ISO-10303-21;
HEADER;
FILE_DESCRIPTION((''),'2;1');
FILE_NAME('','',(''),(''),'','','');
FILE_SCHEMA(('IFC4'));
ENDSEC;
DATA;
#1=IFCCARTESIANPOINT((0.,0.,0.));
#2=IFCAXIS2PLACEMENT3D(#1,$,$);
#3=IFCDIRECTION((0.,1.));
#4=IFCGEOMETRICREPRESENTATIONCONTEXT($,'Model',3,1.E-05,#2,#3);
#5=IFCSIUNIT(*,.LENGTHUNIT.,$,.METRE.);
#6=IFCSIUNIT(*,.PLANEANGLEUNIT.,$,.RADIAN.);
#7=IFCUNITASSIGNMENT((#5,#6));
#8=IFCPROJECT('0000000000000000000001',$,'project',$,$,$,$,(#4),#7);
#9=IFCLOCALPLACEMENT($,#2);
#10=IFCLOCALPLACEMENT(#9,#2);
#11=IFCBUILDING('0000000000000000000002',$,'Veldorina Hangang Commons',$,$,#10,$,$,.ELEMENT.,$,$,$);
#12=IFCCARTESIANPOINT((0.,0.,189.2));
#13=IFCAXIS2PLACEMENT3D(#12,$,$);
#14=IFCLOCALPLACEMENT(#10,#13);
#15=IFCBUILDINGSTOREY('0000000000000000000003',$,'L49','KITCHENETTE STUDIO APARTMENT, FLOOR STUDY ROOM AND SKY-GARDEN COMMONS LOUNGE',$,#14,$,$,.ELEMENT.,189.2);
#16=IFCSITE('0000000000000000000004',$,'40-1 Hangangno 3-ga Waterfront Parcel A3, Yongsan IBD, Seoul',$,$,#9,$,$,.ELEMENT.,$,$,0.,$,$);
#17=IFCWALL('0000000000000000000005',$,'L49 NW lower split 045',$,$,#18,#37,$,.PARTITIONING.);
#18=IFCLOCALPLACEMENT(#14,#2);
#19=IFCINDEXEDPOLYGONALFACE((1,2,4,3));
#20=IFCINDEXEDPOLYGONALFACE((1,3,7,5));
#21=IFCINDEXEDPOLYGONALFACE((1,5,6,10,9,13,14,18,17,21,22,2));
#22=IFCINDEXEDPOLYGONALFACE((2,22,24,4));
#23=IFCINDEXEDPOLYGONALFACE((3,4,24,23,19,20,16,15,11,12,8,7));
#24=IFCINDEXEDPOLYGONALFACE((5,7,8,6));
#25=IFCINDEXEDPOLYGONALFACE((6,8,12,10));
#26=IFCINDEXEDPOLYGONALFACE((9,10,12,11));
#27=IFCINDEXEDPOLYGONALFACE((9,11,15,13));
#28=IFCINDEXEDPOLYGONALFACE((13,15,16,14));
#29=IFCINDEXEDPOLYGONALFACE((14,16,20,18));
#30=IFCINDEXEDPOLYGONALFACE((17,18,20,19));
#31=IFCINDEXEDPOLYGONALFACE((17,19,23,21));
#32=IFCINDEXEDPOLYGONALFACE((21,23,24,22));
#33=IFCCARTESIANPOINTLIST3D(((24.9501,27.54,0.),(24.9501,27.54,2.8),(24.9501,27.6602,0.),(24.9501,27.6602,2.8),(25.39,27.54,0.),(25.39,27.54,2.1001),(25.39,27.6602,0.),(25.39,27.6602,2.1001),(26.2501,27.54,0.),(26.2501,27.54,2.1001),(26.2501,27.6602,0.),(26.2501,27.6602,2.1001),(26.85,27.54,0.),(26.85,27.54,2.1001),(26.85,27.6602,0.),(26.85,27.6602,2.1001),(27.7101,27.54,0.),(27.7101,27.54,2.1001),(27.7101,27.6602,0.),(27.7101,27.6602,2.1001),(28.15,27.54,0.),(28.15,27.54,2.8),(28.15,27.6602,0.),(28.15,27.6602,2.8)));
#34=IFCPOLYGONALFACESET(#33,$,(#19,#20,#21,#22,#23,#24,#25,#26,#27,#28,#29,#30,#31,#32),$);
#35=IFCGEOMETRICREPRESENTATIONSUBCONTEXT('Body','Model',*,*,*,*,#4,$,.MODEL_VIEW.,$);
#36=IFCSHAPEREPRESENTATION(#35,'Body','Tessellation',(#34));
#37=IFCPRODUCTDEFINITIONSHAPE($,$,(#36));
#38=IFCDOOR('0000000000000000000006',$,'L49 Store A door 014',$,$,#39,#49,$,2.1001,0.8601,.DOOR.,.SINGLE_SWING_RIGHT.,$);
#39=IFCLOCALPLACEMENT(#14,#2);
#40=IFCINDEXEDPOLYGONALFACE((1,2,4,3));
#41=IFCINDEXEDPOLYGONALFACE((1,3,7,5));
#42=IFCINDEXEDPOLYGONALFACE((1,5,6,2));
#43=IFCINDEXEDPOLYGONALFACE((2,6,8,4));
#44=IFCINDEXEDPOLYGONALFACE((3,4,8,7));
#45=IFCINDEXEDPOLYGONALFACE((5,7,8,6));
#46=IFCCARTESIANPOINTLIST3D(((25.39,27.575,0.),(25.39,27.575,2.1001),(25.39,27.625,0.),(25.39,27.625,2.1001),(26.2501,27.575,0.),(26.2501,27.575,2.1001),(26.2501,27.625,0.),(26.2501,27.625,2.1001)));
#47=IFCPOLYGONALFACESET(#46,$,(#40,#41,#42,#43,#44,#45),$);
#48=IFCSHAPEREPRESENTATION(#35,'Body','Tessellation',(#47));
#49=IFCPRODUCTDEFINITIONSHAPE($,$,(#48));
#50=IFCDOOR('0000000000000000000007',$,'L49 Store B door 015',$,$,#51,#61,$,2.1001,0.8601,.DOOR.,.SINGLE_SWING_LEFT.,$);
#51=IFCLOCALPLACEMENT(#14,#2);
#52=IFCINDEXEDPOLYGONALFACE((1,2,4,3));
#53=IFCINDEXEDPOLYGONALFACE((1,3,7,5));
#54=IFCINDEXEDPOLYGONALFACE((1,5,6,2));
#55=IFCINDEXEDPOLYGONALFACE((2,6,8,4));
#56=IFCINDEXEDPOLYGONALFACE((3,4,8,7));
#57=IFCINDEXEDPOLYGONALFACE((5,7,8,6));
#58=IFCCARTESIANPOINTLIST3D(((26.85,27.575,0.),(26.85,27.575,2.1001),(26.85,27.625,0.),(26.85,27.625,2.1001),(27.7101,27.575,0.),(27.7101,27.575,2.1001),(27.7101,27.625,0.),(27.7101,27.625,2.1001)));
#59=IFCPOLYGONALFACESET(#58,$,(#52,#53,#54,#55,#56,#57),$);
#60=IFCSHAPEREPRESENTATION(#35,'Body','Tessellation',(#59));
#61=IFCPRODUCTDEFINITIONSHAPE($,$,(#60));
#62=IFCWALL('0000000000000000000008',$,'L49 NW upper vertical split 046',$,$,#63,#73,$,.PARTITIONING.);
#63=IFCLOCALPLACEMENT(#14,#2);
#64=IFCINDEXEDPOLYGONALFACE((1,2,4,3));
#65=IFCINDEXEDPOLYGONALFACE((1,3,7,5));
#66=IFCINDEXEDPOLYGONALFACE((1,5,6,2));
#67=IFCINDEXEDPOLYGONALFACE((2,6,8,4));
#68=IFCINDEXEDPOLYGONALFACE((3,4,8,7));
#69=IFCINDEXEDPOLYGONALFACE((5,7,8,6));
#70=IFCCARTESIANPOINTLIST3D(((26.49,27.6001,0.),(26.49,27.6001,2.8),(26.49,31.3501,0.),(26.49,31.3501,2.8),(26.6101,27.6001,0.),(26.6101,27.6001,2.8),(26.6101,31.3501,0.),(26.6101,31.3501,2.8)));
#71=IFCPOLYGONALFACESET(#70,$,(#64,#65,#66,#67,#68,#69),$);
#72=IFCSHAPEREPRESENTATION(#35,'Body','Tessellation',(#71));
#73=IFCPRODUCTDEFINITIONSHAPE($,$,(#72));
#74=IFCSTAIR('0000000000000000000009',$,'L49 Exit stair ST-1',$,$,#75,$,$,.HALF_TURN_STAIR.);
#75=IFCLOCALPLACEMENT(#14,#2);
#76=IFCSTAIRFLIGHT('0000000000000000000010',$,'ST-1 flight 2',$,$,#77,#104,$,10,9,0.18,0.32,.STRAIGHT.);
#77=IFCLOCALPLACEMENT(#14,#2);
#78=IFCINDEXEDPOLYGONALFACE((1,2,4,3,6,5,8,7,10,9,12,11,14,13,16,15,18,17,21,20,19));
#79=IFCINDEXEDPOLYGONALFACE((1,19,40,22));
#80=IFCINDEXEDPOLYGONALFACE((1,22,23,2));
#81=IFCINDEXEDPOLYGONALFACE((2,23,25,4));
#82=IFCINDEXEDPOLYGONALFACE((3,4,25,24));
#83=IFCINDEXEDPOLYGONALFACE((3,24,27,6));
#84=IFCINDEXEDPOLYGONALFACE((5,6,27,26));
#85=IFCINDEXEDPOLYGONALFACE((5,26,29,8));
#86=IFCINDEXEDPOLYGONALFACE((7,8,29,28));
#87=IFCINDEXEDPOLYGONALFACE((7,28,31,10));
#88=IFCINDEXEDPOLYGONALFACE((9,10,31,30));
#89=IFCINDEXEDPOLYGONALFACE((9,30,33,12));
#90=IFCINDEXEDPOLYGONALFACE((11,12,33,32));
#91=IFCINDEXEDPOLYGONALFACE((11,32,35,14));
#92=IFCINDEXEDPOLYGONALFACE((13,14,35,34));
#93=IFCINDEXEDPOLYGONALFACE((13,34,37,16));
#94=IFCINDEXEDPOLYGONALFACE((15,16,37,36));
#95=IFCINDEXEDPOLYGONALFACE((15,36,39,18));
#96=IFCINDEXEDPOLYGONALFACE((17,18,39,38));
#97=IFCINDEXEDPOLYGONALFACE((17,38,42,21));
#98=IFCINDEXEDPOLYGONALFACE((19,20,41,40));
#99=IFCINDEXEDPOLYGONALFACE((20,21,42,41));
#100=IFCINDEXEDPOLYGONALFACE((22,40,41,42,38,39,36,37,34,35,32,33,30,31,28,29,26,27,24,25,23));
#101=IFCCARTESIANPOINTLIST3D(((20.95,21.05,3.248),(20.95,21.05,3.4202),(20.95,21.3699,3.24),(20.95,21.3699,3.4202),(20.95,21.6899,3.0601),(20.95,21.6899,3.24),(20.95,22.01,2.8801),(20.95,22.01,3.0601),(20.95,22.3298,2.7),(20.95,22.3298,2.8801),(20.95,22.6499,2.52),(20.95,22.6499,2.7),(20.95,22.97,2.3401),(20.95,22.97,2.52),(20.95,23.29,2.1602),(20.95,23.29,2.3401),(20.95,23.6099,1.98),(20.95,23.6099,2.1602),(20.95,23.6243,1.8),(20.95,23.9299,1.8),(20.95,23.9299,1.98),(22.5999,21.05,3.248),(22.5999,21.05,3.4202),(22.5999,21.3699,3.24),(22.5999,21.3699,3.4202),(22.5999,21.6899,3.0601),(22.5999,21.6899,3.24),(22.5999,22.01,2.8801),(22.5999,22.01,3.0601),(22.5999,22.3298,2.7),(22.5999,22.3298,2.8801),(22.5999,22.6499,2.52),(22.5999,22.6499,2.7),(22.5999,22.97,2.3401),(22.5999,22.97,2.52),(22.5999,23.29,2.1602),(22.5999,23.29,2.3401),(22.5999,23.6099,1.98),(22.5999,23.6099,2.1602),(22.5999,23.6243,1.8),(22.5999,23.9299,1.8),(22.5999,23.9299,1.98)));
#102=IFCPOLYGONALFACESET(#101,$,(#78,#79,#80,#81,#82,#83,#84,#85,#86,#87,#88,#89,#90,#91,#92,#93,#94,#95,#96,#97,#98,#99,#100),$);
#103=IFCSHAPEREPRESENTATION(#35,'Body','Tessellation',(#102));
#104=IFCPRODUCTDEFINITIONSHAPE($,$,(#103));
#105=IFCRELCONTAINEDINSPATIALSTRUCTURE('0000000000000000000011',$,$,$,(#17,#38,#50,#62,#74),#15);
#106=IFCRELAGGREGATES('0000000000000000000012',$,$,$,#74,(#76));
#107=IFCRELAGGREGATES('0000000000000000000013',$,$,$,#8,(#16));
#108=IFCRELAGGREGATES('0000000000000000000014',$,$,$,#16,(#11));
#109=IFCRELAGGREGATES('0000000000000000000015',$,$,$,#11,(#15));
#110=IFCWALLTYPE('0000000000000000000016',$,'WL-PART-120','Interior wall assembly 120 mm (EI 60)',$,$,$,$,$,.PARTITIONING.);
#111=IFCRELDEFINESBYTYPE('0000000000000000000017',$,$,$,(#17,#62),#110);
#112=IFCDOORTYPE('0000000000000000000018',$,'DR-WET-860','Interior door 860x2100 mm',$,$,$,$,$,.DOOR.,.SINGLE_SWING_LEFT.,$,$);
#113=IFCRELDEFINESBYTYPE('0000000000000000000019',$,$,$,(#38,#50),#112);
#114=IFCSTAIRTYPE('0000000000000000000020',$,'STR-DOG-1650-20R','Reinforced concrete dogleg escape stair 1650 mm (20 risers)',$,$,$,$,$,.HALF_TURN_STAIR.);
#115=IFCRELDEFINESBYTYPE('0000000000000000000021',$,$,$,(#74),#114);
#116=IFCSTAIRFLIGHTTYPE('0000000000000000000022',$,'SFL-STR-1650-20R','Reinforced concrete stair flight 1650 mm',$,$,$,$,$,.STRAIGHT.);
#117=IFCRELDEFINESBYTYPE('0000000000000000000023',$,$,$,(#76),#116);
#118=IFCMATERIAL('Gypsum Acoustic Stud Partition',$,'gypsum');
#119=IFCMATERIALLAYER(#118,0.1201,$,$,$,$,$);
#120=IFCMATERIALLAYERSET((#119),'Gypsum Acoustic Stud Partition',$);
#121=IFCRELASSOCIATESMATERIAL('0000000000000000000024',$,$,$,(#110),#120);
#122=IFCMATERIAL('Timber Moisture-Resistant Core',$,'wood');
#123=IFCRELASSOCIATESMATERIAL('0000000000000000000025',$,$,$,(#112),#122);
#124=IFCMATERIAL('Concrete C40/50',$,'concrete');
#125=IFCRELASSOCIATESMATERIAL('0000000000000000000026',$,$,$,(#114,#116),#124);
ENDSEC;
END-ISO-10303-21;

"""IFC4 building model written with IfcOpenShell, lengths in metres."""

from ifc_helpers import new_model, si_unit, direction, frame, frame_2d, origin, place, context, subcontext, project, spatial, polyline, rectangle, outline, extrude, material, layer, layer_set, type_object, element, fill, aggregate, save


model = new_model("IFC4")

# Units and contexts
model_context = context("Model", 3, precision=1e-05, world=origin(), true_north=direction((0.0, 1.0)))
body_context = subcontext(model_context, "Body", "Model", "MODEL_VIEW")
ifc_project = project(units=[si_unit("LENGTHUNIT", "METRE"), si_unit("PLANEANGLEUNIT", "RADIAN")], contexts=[model_context])

# Site, building, storey
site_placement = place(None, origin())
site = spatial("IfcSite", under=ifc_project, at=site_placement, Name="40-1 Hangangno 3-ga Waterfront Parcel A3, Yongsan IBD, Seoul", CompositionType="ELEMENT", RefElevation=0.0)
building_placement = place(site_placement, origin())
building = spatial("IfcBuilding", under=site, at=building_placement, Name="Veldorina Hangang Commons", CompositionType="ELEMENT")
storey_placement = place(building_placement, frame((0.0, 0.0, 189.2)))
storey = spatial("IfcBuildingStorey", under=building, at=storey_placement, Name="L49", Description="KITCHENETTE STUDIO APARTMENT, FLOOR STUDY ROOM AND SKY-GARDEN COMMONS LOUNGE", CompositionType="ELEMENT", Elevation=189.2)

# Shared definitions
ifc_material_1 = material(Name="Gypsum Acoustic Stud Partition", Category="gypsum")
ifc_layer_1 = layer(ifc_material_1, 0.1201)
ifc_layer_set_1 = layer_set([ifc_layer_1], Name="Gypsum Acoustic Stud Partition")
wall_type_1 = type_object("IfcWallType", Name="WL-PART-120", Description="Interior wall assembly 120 mm (EI 60)", PredefinedType="PARTITIONING", material=ifc_layer_set_1)

# Wall, openings, doors
wall_1_placement = place(storey_placement, frame((24.95, 27.6001, 0.0), z_axis=(0.0, 0.0, 1.0), x_axis=(1.0, 0.0, 0.0)))
wall_1 = element("IfcWall", 1, at=wall_1_placement, inside=storey, type_object=wall_type_1, Name="L49 NW lower split 045", PredefinedType="PARTITIONING", context=body_context, shape_type="SweptSolid", body=[
    extrude(rectangle(XDim=3.2, YDim=0.1201, at=frame_2d((1.6001, 0.0))), origin(), (0.0, 0.0, 1.0), 2.8),
])
opening_1_placement = place(wall_1_placement, frame((0.4399, 0.0, 0.0)))
opening_1 = element("IfcOpeningElement", 2, at=opening_1_placement, cuts=wall_1, PredefinedType="OPENING", context=body_context, shape_type="SweptSolid", body=[
    extrude(rectangle(XDim=0.8601, YDim=2.1001, at=frame_2d((0.4302, 1.05))), frame((0.0, 0.0701, 0.0), z_axis=(0.0, -1.0, 0.0), x_axis=(1.0, 0.0, 0.0)), (0.0, 0.0, 1.0), 0.1401),
])
opening_2_placement = place(wall_1_placement, frame((1.8999, 0.0, 0.0)))
opening_2 = element("IfcOpeningElement", 3, at=opening_2_placement, cuts=wall_1, PredefinedType="OPENING", context=body_context, shape_type="SweptSolid", body=[
    extrude(rectangle(XDim=0.8601, YDim=2.1001, at=frame_2d((0.4302, 1.05))), frame((0.0, 0.0701, 0.0), z_axis=(0.0, -1.0, 0.0), x_axis=(1.0, 0.0, 0.0)), (0.0, 0.0, 1.0), 0.1401),
])
ifc_material_2 = material(Name="Timber Moisture-Resistant Core", Category="wood")
door_type_1 = type_object("IfcDoorType", Name="DR-WET-860", Description="Interior door 860x2100 mm", OperationType="SINGLE_SWING_LEFT", PredefinedType="DOOR", material=ifc_material_2)
door_1_placement = place(opening_1_placement, origin())
door_1 = element("IfcDoor", 4, at=door_1_placement, inside=storey, type_object=door_type_1, Name="L49 Store A door 014", OperationType="SINGLE_SWING_RIGHT", OverallHeight=2.1001, OverallWidth=0.8601, PredefinedType="DOOR", context=body_context, shape_type="SweptSolid", body=[
    extrude(rectangle(XDim=0.8601, YDim=2.1001, at=frame_2d((0.4302, 1.05))), frame((0.0, 0.0249, 0.0), z_axis=(0.0, -1.0, 0.0), x_axis=(1.0, 0.0, 0.0)), (0.0, 0.0, 1.0), 0.05),
])
fill(opening_1, door_1)
door_2_placement = place(opening_2_placement, origin())
door_2 = element("IfcDoor", 5, at=door_2_placement, inside=storey, type_object=door_type_1, Name="L49 Store B door 015", OperationType="SINGLE_SWING_LEFT", OverallHeight=2.1001, OverallWidth=0.8601, PredefinedType="DOOR", context=body_context, shape_type="SweptSolid", body=[
    extrude(rectangle(XDim=0.8601, YDim=2.1001, at=frame_2d((0.4302, 1.05))), frame((0.0, 0.0249, 0.0), z_axis=(0.0, -1.0, 0.0), x_axis=(1.0, 0.0, 0.0)), (0.0, 0.0, 1.0), 0.05),
])
fill(opening_2, door_2)

# Wall
wall_2_placement = place(storey_placement, frame((26.55, 27.6001, 0.0), z_axis=(0.0, 0.0, 1.0), x_axis=(0.0, 1.0, 0.0)))
element("IfcWall", 6, at=wall_2_placement, inside=storey, type_object=wall_type_1, Name="L49 NW upper vertical split 046", PredefinedType="PARTITIONING", context=body_context, shape_type="SweptSolid", body=[
    extrude(rectangle(XDim=3.75, YDim=0.1201, at=frame_2d((1.875, 0.0))), origin(), (0.0, 0.0, 1.0), 2.8),
])

# Stair, stair flight
ifc_material_3 = material(Name="Concrete C40/50", Category="concrete")
stair_type = type_object("IfcStairType", Name="STR-DOG-1650-20R", Description="Reinforced concrete dogleg escape stair 1650 mm (20 risers)", PredefinedType="HALF_TURN_STAIR", material=ifc_material_3)
stair_placement = place(storey_placement, origin())
stair = element("IfcStair", 7, at=stair_placement, inside=storey, type_object=stair_type, Name="L49 Exit stair ST-1", PredefinedType="HALF_TURN_STAIR")
stair_flight_type = type_object("IfcStairFlightType", Name="SFL-STR-1650-20R", Description="Reinforced concrete stair flight 1650 mm", PredefinedType="STRAIGHT", material=ifc_material_3)
stair_flight_placement = place(storey_placement, frame((21.7749, 23.9299, 1.8), z_axis=(0.0, 0.0, 1.0), x_axis=(0.0, -1.0, 0.0)))
stair_flight = element("IfcStairFlight", 8, at=stair_flight_placement, type_object=stair_flight_type, Name="ST-1 flight 2", NumberOfRisers=10, NumberOfTreads=9, PredefinedType="STRAIGHT", RiserHeight=0.18, TreadLength=0.32, context=body_context, shape_type="SweptSolid", body=[
    extrude(outline(polyline([(0.0, 0.0), (0.0, 0.1799), (0.3201, 0.1799), (0.3201, 0.3601), (0.6399, 0.3601), (0.6399, 0.54), (0.96, 0.54), (0.96, 0.72), (1.28, 0.72), (1.28, 0.8999), (1.6001, 0.8999), (1.6001, 1.0801), (1.9199, 1.0801), (1.9199, 1.26), (2.24, 1.26), (2.24, 1.4399), (2.5601, 1.4399), (2.5601, 1.6201), (2.8799, 1.6201), (2.8799, 1.8), (2.8799, 1.448), (0.3057, 0.0), (0.0, 0.0)])), frame((0.0, 0.825, 0.0), z_axis=(0.0, -1.0, 0.0), x_axis=(1.0, 0.0, 0.0)), (0.0, 0.0, 1.0), 1.6499),
])
aggregate(stair, [stair_flight])

save(model, "model.ifc")
